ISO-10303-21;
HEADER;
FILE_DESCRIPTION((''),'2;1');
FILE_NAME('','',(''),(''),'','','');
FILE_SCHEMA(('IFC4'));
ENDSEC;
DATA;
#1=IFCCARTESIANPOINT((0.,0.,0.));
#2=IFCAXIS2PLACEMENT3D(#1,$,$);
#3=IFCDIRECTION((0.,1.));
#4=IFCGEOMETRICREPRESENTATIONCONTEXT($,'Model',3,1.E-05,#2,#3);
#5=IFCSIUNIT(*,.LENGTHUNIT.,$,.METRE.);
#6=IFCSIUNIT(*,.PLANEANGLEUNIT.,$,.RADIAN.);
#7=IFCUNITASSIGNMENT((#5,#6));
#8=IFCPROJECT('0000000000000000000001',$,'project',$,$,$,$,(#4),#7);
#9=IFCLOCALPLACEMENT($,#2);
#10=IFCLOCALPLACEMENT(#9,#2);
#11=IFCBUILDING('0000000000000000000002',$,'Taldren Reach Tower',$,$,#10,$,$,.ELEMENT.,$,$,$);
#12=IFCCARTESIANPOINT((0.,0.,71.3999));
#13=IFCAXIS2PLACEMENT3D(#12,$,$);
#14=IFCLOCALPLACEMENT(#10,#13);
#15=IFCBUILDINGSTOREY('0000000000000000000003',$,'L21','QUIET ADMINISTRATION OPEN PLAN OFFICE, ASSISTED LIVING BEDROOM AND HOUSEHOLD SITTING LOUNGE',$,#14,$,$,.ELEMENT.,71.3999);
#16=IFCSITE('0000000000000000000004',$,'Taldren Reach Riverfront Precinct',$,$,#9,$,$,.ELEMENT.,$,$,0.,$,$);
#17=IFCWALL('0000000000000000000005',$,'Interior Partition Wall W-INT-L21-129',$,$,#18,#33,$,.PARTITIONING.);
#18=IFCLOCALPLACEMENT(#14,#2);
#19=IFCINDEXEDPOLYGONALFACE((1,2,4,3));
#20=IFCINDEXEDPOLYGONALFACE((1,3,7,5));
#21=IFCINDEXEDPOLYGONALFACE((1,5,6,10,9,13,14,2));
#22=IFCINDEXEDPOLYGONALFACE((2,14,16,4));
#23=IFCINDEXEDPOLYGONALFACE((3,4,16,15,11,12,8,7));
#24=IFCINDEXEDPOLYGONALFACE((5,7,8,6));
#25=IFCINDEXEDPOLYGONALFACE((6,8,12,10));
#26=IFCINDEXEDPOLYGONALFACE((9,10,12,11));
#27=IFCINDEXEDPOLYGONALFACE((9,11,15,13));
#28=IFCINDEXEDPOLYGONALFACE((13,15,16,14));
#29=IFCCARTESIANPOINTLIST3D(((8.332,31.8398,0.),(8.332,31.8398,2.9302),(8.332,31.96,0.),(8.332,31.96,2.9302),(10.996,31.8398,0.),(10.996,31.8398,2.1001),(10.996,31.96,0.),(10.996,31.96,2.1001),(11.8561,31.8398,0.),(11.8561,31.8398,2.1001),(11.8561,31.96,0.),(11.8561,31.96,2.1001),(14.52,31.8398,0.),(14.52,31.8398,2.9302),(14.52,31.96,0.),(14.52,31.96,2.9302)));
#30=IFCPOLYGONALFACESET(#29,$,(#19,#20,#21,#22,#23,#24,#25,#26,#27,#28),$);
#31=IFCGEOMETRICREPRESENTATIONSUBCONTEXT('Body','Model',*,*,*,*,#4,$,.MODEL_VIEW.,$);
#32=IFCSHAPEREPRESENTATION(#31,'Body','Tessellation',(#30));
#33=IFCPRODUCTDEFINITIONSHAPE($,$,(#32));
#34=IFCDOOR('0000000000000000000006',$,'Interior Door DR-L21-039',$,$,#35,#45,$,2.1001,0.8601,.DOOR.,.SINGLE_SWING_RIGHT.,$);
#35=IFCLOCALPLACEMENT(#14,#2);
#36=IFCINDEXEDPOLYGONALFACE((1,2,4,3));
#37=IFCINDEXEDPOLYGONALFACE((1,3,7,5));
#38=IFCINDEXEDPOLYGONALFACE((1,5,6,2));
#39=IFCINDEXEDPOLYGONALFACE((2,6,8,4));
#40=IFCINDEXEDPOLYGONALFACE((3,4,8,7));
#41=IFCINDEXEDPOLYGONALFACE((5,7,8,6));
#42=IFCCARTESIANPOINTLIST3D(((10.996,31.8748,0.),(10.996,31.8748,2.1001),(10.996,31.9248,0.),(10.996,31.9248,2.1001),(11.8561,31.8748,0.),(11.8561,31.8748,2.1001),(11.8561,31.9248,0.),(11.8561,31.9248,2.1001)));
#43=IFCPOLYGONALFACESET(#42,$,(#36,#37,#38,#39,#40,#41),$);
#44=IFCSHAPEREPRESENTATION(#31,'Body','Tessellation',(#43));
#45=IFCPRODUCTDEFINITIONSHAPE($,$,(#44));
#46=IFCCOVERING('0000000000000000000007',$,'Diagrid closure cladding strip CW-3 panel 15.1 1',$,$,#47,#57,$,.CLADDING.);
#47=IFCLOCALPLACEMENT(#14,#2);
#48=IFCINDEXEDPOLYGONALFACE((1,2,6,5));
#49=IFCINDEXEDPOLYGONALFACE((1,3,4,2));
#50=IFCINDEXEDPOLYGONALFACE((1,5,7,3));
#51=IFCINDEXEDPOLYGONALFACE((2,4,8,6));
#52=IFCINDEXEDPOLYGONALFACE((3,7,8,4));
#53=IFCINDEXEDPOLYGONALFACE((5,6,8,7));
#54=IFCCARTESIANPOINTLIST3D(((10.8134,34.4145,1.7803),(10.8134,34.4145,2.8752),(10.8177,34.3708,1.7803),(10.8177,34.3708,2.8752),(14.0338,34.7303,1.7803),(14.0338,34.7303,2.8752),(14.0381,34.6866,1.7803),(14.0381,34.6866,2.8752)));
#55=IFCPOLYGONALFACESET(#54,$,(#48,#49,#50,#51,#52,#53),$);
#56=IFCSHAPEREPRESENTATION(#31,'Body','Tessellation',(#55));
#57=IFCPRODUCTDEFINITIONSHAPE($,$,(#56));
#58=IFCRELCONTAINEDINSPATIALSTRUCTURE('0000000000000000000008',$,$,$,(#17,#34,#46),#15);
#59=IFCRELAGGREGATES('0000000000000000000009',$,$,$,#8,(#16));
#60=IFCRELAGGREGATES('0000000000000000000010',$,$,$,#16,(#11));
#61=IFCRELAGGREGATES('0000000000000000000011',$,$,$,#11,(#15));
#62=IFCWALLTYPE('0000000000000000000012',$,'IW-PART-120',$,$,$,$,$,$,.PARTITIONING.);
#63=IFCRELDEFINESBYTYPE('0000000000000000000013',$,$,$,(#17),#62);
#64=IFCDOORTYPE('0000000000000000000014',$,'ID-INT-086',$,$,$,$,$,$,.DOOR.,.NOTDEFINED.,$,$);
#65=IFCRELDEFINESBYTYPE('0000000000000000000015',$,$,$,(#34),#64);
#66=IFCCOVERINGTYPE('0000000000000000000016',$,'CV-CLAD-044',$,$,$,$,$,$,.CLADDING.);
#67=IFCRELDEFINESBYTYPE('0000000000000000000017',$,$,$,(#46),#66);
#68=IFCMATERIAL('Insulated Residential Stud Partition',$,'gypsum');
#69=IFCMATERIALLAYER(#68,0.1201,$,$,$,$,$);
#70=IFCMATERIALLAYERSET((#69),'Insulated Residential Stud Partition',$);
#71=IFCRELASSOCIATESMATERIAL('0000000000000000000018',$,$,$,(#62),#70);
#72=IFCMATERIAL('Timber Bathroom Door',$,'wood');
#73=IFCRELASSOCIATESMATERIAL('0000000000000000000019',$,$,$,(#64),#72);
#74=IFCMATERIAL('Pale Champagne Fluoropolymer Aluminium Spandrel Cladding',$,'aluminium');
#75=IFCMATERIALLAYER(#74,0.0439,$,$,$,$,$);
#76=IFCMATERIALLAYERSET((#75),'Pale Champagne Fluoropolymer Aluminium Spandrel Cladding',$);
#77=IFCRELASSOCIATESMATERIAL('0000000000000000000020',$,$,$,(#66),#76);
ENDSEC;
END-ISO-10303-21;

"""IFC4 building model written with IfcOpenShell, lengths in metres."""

from ifc_helpers import new_model, si_unit, direction, frame, frame_2d, origin, origin_2d, place, context, subcontext, project, spatial, rectangle, extrude, source, transform, mapped, material, layer, layer_set, type_object, element, fill, save


model = new_model("IFC4")

# Units and contexts
model_context = context("Model", 3, precision=1e-05, world=origin(), true_north=direction((0.0, 1.0)))
body_context = subcontext(model_context, "Body", "Model", "MODEL_VIEW")
ifc_project = project(units=[si_unit("LENGTHUNIT", "METRE"), si_unit("PLANEANGLEUNIT", "RADIAN")], contexts=[model_context])

# Site, building, storey
site_placement = place(None, origin())
site = spatial("IfcSite", under=ifc_project, at=site_placement, Name="Taldren Reach Riverfront Precinct", CompositionType="ELEMENT", RefElevation=0.0)
building_placement = place(site_placement, origin())
building = spatial("IfcBuilding", under=site, at=building_placement, Name="Taldren Reach Tower", CompositionType="ELEMENT")
storey_placement = place(building_placement, frame((0.0, 0.0, 71.3999)))
storey = spatial("IfcBuildingStorey", under=building, at=storey_placement, Name="L21", Description="QUIET ADMINISTRATION OPEN PLAN OFFICE, ASSISTED LIVING BEDROOM AND HOUSEHOLD SITTING LOUNGE", CompositionType="ELEMENT", Elevation=71.3999)

# Wall, opening, door
ifc_material_1 = material(Name="Insulated Residential Stud Partition", Category="gypsum")
ifc_layer_1 = layer(ifc_material_1, 0.1201)
ifc_layer_set_1 = layer_set([ifc_layer_1], Name="Insulated Residential Stud Partition")
wall_type_1 = type_object("IfcWallType", Name="IW-PART-120", PredefinedType="PARTITIONING", material=ifc_layer_set_1)
shared_shape_1 = source(origin(), body_context, "Body", "SweptSolid", [
    extrude(rectangle(XDim=6.188, YDim=0.1201, at=frame_2d((3.094, 0.0))), origin(), (0.0, 0.0, 1.0), 2.9302),
])
wall_1_placement = place(storey_placement, frame((8.332, 31.8999, 0.0), z_axis=(0.0, 0.0, 1.0), x_axis=(1.0, 0.0, 0.0)))
wall_1 = element("IfcWall", 1, at=wall_1_placement, inside=storey, type_object=wall_type_1, Name="Interior Partition Wall W-INT-L21-129", PredefinedType="PARTITIONING", context=body_context, shape_type="MappedRepresentation", body=[
    mapped(shared_shape_1, transform((0.0, 0.0, 0.0), scale=1.0)),
])
shared_shape_2 = source(origin(), body_context, "Body", "SweptSolid", [
    extrude(rectangle(XDim=0.8601, YDim=2.1001, at=frame_2d((0.4302, 1.05))), frame((0.0, 0.0701, 0.0), z_axis=(0.0, -1.0, 0.0), x_axis=(1.0, 0.0, 0.0)), (0.0, 0.0, 1.0), 0.1401),
])
opening_placement = place(wall_1_placement, frame((2.6638, 0.0, 0.0)))
opening = element("IfcOpeningElement", 2, at=opening_placement, cuts=wall_1, PredefinedType="OPENING", context=body_context, shape_type="MappedRepresentation", body=[
    mapped(shared_shape_2, transform((0.0, 0.0, 0.0), scale=1.0)),
])
ifc_material_2 = material(Name="Timber Bathroom Door", Category="wood")
door_type = type_object("IfcDoorType", Name="ID-INT-086", OperationType="NOTDEFINED", PredefinedType="DOOR", material=ifc_material_2)
shared_shape_3 = source(origin(), body_context, "Body", "SweptSolid", [
    extrude(rectangle(XDim=0.8601, YDim=2.1001, at=frame_2d((0.4302, 1.05))), frame((0.0, 0.0249, 0.0), z_axis=(0.0, -1.0, 0.0), x_axis=(1.0, 0.0, 0.0)), (0.0, 0.0, 1.0), 0.05),
])
door_placement = place(opening_placement, origin())
door = element("IfcDoor", 3, at=door_placement, inside=storey, type_object=door_type, Name="Interior Door DR-L21-039", OperationType="SINGLE_SWING_RIGHT", OverallHeight=2.1001, OverallWidth=0.8601, PredefinedType="DOOR", context=body_context, shape_type="MappedRepresentation", body=[
    mapped(shared_shape_3, transform((0.0, 0.0, 0.0), scale=1.0)),
])
fill(opening, door)

# Covering
ifc_material_3 = material(Name="Pale Champagne Fluoropolymer Aluminium Spandrel Cladding", Category="aluminium")
ifc_layer_2 = layer(ifc_material_3, 0.0439)
ifc_layer_set_2 = layer_set([ifc_layer_2], Name="Pale Champagne Fluoropolymer Aluminium Spandrel Cladding")
covering_type = type_object("IfcCoveringType", Name="CV-CLAD-044", PredefinedType="CLADDING", material=ifc_layer_set_2)
shared_shape_4 = source(origin(), body_context, "Body", "SweptSolid", [
    extrude(rectangle(XDim=3.2358, YDim=0.0439, at=origin_2d()), origin(), (0.0, 0.0, 1.0), 1.095),
])
covering_placement = place(storey_placement, frame((12.4258, 34.5505, 1.7803), z_axis=(0.0, 0.0, 1.0), x_axis=(-0.995227, -0.097583, 0.0)))
element("IfcCovering", 4, at=covering_placement, inside=storey, type_object=covering_type, Name="Diagrid closure cladding strip CW-3 panel 15.1 1", PredefinedType="CLADDING", context=body_context, shape_type="MappedRepresentation", body=[
    mapped(shared_shape_4, transform((0.0, 0.0, 0.0), scale=1.0)),
])

save(model, "model.ifc")
